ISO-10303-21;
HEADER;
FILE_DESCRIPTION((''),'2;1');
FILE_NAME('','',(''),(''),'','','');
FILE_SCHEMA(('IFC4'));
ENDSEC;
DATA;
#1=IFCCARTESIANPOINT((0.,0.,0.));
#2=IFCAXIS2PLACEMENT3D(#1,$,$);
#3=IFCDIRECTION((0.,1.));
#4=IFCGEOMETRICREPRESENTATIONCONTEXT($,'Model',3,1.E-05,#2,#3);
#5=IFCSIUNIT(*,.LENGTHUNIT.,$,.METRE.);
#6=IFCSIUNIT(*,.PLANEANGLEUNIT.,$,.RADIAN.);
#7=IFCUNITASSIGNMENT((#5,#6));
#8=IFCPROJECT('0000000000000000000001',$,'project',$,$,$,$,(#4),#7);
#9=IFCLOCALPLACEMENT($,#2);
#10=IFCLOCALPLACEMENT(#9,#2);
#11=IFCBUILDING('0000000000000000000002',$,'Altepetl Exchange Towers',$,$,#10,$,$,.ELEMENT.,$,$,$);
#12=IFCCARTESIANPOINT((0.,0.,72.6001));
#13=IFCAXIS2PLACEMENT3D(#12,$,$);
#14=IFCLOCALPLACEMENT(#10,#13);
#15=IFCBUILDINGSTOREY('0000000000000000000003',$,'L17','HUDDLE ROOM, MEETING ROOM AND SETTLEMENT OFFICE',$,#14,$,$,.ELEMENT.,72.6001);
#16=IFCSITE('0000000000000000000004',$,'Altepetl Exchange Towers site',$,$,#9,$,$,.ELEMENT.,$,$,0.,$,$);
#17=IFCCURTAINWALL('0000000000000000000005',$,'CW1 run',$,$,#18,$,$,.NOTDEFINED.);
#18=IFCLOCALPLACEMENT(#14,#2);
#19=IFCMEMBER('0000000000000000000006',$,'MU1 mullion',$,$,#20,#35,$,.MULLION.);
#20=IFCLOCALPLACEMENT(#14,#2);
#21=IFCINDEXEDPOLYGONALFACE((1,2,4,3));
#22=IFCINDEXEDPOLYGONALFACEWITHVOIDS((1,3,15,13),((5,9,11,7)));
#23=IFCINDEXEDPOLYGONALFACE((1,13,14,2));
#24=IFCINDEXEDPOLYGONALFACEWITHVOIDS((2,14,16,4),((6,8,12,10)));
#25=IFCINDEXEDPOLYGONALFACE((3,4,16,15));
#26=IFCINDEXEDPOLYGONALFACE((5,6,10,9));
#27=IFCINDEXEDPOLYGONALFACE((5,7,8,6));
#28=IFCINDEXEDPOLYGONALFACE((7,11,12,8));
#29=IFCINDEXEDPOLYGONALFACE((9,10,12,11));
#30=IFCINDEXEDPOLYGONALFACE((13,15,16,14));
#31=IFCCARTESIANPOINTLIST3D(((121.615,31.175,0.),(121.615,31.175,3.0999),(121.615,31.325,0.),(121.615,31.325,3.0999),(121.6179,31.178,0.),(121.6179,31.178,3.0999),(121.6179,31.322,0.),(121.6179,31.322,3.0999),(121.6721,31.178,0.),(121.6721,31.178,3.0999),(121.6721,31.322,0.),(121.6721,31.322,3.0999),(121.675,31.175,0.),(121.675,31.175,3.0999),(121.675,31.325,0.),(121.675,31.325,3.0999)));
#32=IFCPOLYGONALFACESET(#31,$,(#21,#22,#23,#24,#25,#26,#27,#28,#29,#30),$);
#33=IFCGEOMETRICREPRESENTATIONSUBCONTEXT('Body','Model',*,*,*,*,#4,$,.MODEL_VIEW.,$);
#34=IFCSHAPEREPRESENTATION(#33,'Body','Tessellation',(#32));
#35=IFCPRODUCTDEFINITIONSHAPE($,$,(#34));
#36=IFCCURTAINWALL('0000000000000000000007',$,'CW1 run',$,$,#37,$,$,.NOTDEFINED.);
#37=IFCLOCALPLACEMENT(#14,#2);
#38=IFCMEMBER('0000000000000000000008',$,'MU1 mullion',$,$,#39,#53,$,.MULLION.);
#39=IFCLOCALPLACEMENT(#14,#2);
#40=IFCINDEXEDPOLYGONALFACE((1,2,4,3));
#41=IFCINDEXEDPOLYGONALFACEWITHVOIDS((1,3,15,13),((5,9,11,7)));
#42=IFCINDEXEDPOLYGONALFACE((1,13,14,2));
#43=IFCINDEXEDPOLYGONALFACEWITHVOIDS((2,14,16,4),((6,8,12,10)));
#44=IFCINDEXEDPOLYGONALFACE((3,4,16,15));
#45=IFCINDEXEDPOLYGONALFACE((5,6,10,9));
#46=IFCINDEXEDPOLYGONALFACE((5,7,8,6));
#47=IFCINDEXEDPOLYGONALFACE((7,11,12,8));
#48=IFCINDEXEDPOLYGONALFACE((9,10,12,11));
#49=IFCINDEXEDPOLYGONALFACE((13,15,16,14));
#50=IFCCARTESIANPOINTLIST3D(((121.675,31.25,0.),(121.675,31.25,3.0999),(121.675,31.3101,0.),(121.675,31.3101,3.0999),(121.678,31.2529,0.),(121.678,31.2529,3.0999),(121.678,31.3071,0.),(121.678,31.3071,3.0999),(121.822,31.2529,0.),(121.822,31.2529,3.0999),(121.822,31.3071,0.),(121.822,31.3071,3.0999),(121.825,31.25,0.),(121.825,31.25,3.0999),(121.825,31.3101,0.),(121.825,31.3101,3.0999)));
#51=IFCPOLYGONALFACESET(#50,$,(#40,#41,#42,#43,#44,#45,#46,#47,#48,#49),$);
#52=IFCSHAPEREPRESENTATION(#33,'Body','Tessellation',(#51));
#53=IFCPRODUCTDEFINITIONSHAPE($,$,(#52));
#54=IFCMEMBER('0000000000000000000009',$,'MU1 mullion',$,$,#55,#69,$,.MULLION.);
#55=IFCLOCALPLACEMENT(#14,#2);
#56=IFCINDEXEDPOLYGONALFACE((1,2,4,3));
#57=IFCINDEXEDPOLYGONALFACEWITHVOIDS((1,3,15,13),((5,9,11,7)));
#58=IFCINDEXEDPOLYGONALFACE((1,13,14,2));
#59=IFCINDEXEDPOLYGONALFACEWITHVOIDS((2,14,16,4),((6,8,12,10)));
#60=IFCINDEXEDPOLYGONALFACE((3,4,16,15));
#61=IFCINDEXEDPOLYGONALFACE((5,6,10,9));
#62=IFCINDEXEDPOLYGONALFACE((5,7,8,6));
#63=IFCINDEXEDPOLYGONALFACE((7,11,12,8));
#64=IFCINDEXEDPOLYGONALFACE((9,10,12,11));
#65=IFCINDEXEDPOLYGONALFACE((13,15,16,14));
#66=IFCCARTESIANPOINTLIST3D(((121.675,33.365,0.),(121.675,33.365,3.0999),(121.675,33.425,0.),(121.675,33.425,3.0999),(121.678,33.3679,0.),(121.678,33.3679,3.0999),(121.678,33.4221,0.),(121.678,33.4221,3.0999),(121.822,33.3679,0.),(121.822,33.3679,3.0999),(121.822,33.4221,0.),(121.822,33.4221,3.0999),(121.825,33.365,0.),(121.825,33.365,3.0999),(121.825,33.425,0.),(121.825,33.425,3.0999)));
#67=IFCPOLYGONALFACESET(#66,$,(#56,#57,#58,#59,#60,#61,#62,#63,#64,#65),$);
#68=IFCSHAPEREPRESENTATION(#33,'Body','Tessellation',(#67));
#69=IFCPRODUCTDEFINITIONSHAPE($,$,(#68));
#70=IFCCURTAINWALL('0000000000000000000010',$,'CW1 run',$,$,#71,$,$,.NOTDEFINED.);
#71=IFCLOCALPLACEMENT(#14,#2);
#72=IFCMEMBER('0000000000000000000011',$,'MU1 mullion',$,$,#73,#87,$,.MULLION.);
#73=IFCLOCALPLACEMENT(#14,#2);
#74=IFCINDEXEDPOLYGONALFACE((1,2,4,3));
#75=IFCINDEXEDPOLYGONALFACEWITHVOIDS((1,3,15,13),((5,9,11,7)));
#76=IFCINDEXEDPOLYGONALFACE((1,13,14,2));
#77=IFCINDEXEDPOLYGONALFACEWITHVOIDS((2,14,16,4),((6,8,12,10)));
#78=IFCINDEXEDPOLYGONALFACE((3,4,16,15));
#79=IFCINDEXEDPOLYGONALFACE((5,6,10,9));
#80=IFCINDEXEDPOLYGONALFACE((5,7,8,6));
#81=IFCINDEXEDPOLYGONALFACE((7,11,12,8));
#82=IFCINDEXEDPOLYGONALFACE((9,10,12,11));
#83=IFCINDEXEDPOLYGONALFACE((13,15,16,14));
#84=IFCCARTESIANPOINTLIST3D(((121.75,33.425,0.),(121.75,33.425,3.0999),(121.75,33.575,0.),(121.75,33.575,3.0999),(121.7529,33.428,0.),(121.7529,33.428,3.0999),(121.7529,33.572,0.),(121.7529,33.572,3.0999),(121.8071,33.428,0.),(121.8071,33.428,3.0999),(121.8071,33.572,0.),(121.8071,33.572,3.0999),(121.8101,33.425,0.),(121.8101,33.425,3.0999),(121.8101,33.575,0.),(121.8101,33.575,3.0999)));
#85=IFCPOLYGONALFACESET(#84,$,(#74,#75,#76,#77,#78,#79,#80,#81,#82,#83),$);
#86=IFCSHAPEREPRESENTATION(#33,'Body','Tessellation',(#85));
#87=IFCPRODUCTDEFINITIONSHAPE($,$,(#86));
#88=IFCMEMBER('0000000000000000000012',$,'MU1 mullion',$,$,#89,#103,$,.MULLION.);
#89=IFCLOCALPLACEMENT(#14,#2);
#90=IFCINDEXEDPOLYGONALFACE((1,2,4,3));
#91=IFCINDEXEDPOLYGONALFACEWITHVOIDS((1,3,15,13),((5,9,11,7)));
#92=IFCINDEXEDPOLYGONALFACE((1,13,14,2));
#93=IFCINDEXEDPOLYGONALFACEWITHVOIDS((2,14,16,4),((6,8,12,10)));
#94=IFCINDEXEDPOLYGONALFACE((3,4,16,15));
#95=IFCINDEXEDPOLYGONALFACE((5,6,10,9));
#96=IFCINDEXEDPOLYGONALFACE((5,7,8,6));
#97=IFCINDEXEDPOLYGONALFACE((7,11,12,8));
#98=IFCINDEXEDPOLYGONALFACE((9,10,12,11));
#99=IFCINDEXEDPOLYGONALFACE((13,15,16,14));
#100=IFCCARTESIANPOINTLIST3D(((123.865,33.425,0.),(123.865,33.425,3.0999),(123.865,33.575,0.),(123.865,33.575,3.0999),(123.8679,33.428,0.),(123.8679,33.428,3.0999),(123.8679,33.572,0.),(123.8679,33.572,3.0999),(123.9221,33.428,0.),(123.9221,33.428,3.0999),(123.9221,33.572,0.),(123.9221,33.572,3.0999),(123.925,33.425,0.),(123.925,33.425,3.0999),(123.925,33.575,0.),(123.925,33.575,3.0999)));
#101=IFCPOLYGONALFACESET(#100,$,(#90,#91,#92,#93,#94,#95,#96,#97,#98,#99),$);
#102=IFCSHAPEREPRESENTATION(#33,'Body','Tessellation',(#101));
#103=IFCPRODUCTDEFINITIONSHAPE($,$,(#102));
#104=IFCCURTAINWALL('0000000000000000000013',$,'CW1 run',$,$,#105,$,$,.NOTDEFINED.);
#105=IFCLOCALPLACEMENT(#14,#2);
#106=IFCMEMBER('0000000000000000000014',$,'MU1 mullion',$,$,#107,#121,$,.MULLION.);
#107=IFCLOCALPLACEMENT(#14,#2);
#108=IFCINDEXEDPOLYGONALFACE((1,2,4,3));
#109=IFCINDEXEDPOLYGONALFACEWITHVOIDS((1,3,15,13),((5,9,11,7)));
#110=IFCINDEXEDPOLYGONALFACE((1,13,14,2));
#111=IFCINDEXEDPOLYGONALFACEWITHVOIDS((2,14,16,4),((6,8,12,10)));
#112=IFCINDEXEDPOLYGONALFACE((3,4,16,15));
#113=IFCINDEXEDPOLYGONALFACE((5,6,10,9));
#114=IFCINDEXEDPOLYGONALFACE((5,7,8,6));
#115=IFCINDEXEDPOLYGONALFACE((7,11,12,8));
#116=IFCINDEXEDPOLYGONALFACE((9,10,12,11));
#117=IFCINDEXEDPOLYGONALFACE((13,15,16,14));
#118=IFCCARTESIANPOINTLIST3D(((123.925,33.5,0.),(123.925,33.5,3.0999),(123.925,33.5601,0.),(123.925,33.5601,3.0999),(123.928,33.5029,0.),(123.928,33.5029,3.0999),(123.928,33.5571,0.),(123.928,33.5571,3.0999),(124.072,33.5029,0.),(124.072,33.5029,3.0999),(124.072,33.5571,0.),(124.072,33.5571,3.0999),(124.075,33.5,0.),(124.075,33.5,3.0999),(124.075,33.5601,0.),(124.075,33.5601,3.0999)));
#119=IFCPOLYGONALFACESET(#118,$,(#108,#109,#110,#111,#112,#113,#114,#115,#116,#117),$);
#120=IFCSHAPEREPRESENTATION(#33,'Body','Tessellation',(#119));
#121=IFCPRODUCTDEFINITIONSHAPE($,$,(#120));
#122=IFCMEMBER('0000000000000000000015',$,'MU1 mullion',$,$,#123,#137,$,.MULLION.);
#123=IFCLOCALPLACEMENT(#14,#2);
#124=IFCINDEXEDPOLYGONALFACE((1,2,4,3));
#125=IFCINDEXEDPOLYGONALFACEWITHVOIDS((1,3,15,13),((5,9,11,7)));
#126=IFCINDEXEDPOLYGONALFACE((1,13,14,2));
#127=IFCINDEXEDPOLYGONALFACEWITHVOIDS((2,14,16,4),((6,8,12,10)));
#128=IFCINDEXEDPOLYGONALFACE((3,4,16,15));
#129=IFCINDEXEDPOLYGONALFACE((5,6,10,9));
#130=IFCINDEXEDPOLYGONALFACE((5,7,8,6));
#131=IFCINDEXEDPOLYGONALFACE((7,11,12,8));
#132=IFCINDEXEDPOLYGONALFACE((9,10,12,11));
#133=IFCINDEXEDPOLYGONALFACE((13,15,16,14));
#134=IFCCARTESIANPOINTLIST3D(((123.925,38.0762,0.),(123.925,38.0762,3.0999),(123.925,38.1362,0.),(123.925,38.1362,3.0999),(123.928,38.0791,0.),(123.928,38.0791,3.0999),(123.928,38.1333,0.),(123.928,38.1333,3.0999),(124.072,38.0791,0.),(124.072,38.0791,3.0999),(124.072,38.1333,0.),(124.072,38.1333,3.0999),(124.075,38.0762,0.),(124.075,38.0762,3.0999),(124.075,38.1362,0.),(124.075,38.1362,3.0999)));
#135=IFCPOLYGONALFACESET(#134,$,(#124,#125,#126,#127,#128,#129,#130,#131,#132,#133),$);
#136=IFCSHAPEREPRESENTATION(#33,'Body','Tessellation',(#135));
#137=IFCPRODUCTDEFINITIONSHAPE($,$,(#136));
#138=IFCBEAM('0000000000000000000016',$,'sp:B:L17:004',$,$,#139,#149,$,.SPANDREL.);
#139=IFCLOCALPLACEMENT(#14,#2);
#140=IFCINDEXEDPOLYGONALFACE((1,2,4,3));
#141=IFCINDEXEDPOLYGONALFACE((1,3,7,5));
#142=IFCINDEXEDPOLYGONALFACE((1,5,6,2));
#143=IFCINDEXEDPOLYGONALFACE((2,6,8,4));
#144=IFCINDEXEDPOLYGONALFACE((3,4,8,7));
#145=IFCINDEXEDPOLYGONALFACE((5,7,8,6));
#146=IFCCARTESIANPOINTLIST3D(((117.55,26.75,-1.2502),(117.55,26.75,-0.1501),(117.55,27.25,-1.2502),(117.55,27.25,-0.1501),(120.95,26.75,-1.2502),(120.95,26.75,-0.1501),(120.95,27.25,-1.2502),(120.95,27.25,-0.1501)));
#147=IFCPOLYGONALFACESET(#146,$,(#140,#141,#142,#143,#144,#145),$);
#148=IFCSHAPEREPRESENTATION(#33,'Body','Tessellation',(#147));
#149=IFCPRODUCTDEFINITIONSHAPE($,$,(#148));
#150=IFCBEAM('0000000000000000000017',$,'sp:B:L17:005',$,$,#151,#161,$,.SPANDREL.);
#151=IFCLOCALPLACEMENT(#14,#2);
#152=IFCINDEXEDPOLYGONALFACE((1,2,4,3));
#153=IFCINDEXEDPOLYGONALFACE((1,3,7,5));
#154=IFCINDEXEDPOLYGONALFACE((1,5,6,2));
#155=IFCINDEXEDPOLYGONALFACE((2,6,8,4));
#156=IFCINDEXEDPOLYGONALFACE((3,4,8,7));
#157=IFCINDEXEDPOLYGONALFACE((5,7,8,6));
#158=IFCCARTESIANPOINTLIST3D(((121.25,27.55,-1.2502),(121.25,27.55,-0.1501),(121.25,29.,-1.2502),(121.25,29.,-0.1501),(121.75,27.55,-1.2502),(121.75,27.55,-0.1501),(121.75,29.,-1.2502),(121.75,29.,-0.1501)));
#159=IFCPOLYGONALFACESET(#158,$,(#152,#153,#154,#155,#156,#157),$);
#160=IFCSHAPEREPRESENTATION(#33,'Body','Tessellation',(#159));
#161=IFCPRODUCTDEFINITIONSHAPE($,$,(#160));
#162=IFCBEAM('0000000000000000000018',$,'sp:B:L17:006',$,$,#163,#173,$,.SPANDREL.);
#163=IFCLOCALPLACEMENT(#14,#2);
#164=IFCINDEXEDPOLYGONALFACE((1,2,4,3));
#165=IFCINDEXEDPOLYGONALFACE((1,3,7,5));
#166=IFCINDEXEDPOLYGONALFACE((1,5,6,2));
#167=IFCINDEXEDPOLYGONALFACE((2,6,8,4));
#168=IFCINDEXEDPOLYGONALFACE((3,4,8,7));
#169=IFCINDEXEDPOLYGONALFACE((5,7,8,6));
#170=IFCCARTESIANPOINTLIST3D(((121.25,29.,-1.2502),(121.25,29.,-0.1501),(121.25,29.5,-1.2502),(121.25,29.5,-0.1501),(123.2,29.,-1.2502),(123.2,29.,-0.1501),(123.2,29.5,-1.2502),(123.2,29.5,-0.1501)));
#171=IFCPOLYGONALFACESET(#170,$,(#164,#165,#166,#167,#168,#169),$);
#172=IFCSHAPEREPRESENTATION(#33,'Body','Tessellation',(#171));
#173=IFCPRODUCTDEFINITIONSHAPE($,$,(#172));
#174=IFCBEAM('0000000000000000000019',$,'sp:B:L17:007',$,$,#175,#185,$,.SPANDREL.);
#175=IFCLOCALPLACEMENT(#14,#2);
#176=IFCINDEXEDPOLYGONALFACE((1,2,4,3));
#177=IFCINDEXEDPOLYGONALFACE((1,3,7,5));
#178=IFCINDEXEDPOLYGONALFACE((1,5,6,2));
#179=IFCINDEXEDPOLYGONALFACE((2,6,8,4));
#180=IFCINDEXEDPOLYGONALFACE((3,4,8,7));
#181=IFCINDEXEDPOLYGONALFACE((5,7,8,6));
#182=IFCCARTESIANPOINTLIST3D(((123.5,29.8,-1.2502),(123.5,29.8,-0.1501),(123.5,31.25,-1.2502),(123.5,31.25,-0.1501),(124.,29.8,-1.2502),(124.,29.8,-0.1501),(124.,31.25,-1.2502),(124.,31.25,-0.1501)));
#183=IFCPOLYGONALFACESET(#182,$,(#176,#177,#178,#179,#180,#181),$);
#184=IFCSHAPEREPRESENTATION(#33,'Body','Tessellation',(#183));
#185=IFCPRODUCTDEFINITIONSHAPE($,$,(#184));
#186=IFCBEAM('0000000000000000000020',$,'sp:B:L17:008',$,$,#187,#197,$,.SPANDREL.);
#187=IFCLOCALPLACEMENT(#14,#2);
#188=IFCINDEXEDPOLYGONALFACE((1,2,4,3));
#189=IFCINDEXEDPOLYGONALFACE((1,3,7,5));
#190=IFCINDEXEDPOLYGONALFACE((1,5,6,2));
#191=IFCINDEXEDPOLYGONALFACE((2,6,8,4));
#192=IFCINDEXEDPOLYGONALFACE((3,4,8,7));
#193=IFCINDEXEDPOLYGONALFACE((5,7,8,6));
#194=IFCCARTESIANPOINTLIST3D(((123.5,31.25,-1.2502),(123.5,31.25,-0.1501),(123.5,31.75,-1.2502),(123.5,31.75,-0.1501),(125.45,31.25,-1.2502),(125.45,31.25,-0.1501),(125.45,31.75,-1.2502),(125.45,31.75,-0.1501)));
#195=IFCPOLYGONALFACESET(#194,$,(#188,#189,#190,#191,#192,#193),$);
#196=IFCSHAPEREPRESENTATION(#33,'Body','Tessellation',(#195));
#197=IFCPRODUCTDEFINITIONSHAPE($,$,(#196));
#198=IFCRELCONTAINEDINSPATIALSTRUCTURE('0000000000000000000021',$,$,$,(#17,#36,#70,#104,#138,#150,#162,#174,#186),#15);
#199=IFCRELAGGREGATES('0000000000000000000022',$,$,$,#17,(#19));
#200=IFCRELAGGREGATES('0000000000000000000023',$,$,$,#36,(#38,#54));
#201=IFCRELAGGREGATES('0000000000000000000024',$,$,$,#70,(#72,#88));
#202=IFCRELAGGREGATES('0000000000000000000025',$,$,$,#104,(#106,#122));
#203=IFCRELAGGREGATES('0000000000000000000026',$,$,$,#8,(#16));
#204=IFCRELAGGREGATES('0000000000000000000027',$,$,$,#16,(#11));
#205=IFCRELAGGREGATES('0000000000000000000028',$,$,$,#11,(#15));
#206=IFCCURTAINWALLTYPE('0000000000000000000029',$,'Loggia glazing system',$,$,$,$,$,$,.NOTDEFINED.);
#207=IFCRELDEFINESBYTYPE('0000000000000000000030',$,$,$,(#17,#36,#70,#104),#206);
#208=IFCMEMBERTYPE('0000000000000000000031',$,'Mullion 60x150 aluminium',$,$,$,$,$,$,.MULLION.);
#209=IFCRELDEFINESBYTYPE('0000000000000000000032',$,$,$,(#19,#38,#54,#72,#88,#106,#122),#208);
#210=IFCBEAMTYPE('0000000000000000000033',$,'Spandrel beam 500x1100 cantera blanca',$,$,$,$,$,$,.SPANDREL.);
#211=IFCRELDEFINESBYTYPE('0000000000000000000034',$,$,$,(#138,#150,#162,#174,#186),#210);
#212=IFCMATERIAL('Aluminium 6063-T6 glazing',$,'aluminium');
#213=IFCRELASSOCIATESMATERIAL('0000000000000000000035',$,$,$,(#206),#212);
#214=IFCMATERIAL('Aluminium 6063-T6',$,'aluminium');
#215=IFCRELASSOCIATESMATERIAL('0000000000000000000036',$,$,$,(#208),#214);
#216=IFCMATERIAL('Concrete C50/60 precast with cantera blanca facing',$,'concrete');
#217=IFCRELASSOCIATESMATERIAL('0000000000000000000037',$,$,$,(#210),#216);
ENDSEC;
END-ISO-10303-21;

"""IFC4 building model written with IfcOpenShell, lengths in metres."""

from ifc_helpers import new_model, si_unit, direction, frame, origin, origin_2d, place, context, subcontext, project, spatial, rectangle, hollow_rectangle, extrude, material, material_profile, profile_set, type_object, element, aggregate, save


model = new_model("IFC4")

# Units and contexts
model_context = context("Model", 3, precision=1e-05, world=origin(), true_north=direction((0.0, 1.0)))
body_context = subcontext(model_context, "Body", "Model", "MODEL_VIEW")
ifc_project = project(units=[si_unit("LENGTHUNIT", "METRE"), si_unit("PLANEANGLEUNIT", "RADIAN")], contexts=[model_context])

# Site, building, storey
site_placement = place(None, origin())
site = spatial("IfcSite", under=ifc_project, at=site_placement, Name="Altepetl Exchange Towers site", CompositionType="ELEMENT", RefElevation=0.0)
building_placement = place(site_placement, origin())
building = spatial("IfcBuilding", under=site, at=building_placement, Name="Altepetl Exchange Towers", CompositionType="ELEMENT")
storey_placement = place(building_placement, frame((0.0, 0.0, 72.6001)))
storey = spatial("IfcBuildingStorey", under=building, at=storey_placement, Name="L17", Description="HUDDLE ROOM, MEETING ROOM AND SETTLEMENT OFFICE", CompositionType="ELEMENT", Elevation=72.6001)

# Shared definitions
ifc_material_1 = material(Name="Aluminium 6063-T6 glazing", Category="aluminium")
curtain_wall_type = type_object("IfcCurtainWallType", Name="Loggia glazing system", PredefinedType="NOTDEFINED", material=ifc_material_1)
ifc_material_2 = material(Name="Aluminium 6063-T6", Category="aluminium")
ifc_material_profile_1 = material_profile(ifc_material_2, hollow_rectangle(XDim=0.0601, YDim=0.1499, WallThickness=0.0029, at=origin_2d()), Name="Mullion 60x150 aluminium")
ifc_profile_set_1 = profile_set([ifc_material_profile_1], Name="Aluminium 6063-T6")
member_type = type_object("IfcMemberType", Name="Mullion 60x150 aluminium", PredefinedType="MULLION", material=ifc_profile_set_1)

# Curtain walls, members
curtain_wall_1_placement = place(storey_placement, origin())
curtain_wall_1 = element("IfcCurtainWall", 1, at=curtain_wall_1_placement, inside=storey, type_object=curtain_wall_type, Name="CW1 run", PredefinedType="NOTDEFINED")
member_1_placement = place(storey_placement, frame((121.645, 31.25, 0.0)))
member_1 = element("IfcMember", 2, at=member_1_placement, type_object=member_type, Name="MU1 mullion", PredefinedType="MULLION", context=body_context, shape_type="SweptSolid", body=[
    extrude(hollow_rectangle(XDim=0.0601, YDim=0.1499, WallThickness=0.0029, at=origin_2d()), origin(), (0.0, 0.0, 1.0), 3.0999),
])
curtain_wall_2_placement = place(storey_placement, origin())
curtain_wall_2 = element("IfcCurtainWall", 3, at=curtain_wall_2_placement, inside=storey, type_object=curtain_wall_type, Name="CW1 run", PredefinedType="NOTDEFINED")
member_2_placement = place(storey_placement, frame((121.75, 31.28, 0.0), z_axis=(0.0, 0.0, 1.0), x_axis=(0.0, 1.0, 0.0)))
member_2 = element("IfcMember", 4, at=member_2_placement, type_object=member_type, Name="MU1 mullion", PredefinedType="MULLION", context=body_context, shape_type="SweptSolid", body=[
    extrude(hollow_rectangle(XDim=0.0601, YDim=0.1499, WallThickness=0.0029, at=origin_2d()), origin(), (0.0, 0.0, 1.0), 3.0999),
])
member_3_placement = place(storey_placement, frame((121.75, 33.395, 0.0), z_axis=(0.0, 0.0, 1.0), x_axis=(0.0, 1.0, 0.0)))
member_3 = element("IfcMember", 5, at=member_3_placement, type_object=member_type, Name="MU1 mullion", PredefinedType="MULLION", context=body_context, shape_type="SweptSolid", body=[
    extrude(hollow_rectangle(XDim=0.0601, YDim=0.1499, WallThickness=0.0029, at=origin_2d()), origin(), (0.0, 0.0, 1.0), 3.0999),
])
curtain_wall_3_placement = place(storey_placement, origin())
curtain_wall_3 = element("IfcCurtainWall", 6, at=curtain_wall_3_placement, inside=storey, type_object=curtain_wall_type, Name="CW1 run", PredefinedType="NOTDEFINED")
member_4_placement = place(storey_placement, frame((121.78, 33.5, 0.0)))
member_4 = element("IfcMember", 7, at=member_4_placement, type_object=member_type, Name="MU1 mullion", PredefinedType="MULLION", context=body_context, shape_type="SweptSolid", body=[
    extrude(hollow_rectangle(XDim=0.0601, YDim=0.1499, WallThickness=0.0029, at=origin_2d()), origin(), (0.0, 0.0, 1.0), 3.0999),
])
member_5_placement = place(storey_placement, frame((123.895, 33.5, 0.0)))
member_5 = element("IfcMember", 8, at=member_5_placement, type_object=member_type, Name="MU1 mullion", PredefinedType="MULLION", context=body_context, shape_type="SweptSolid", body=[
    extrude(hollow_rectangle(XDim=0.0601, YDim=0.1499, WallThickness=0.0029, at=origin_2d()), origin(), (0.0, 0.0, 1.0), 3.0999),
])
curtain_wall_4_placement = place(storey_placement, origin())
curtain_wall_4 = element("IfcCurtainWall", 9, at=curtain_wall_4_placement, inside=storey, type_object=curtain_wall_type, Name="CW1 run", PredefinedType="NOTDEFINED")
member_6_placement = place(storey_placement, frame((124.0, 33.53, 0.0), z_axis=(0.0, 0.0, 1.0), x_axis=(0.0, 1.0, 0.0)))
member_6 = element("IfcMember", 10, at=member_6_placement, type_object=member_type, Name="MU1 mullion", PredefinedType="MULLION", context=body_context, shape_type="SweptSolid", body=[
    extrude(hollow_rectangle(XDim=0.0601, YDim=0.1499, WallThickness=0.0029, at=origin_2d()), origin(), (0.0, 0.0, 1.0), 3.0999),
])
member_7_placement = place(storey_placement, frame((124.0, 38.1062, 0.0), z_axis=(0.0, 0.0, 1.0), x_axis=(0.0, 1.0, 0.0)))
member_7 = element("IfcMember", 11, at=member_7_placement, type_object=member_type, Name="MU1 mullion", PredefinedType="MULLION", context=body_context, shape_type="SweptSolid", body=[
    extrude(hollow_rectangle(XDim=0.0601, YDim=0.1499, WallThickness=0.0029, at=origin_2d()), origin(), (0.0, 0.0, 1.0), 3.0999),
])

# Beams
ifc_material_3 = material(Name="Concrete C50/60 precast with cantera blanca facing", Category="concrete")
ifc_material_profile_2 = material_profile(ifc_material_3, rectangle(XDim=0.5, YDim=1.1001, at=origin_2d()), Name="500 x 1100")
ifc_profile_set_2 = profile_set([ifc_material_profile_2], Name="Concrete C50/60 precast with cantera blanca facing")
beam_type_1 = type_object("IfcBeamType", Name="Spandrel beam 500x1100 cantera blanca", PredefinedType="SPANDREL", material=ifc_profile_set_2)
beam_1_placement = place(storey_placement, frame((117.55, 27.0, -0.7002), z_axis=(1.0, 0.0, 0.0), x_axis=(0.0, 1.0, 0.0)))
element("IfcBeam", 12, at=beam_1_placement, inside=storey, type_object=beam_type_1, Name="sp:B:L17:004", PredefinedType="SPANDREL", context=body_context, shape_type="SweptSolid", body=[
    extrude(rectangle(XDim=0.5, YDim=1.1001, at=origin_2d()), origin(), (0.0, 0.0, 1.0), 3.3999),
])
beam_2_placement = place(storey_placement, frame((121.5, 27.55, -0.7002), z_axis=(0.0, 1.0, 0.0), x_axis=(-1.0, 0.0, 0.0)))
element("IfcBeam", 13, at=beam_2_placement, inside=storey, type_object=beam_type_1, Name="sp:B:L17:005", PredefinedType="SPANDREL", context=body_context, shape_type="SweptSolid", body=[
    extrude(rectangle(XDim=0.5, YDim=1.1001, at=origin_2d()), origin(), (0.0, 0.0, 1.0), 1.45),
])
beam_3_placement = place(storey_placement, frame((121.25, 29.25, -0.7002), z_axis=(1.0, 0.0, 0.0), x_axis=(0.0, 1.0, 0.0)))
element("IfcBeam", 14, at=beam_3_placement, inside=storey, type_object=beam_type_1, Name="sp:B:L17:006", PredefinedType="SPANDREL", context=body_context, shape_type="SweptSolid", body=[
    extrude(rectangle(XDim=0.5, YDim=1.1001, at=origin_2d()), origin(), (0.0, 0.0, 1.0), 1.95),
])
beam_4_placement = place(storey_placement, frame((123.75, 29.8, -0.7002), z_axis=(0.0, 1.0, 0.0), x_axis=(-1.0, 0.0, 0.0)))
element("IfcBeam", 15, at=beam_4_placement, inside=storey, type_object=beam_type_1, Name="sp:B:L17:007", PredefinedType="SPANDREL", context=body_context, shape_type="SweptSolid", body=[
    extrude(rectangle(XDim=0.5, YDim=1.1001, at=origin_2d()), origin(), (0.0, 0.0, 1.0), 1.45),
])
beam_5_placement = place(storey_placement, frame((123.5, 31.5, -0.7002), z_axis=(1.0, 0.0, 0.0), x_axis=(0.0, 1.0, 0.0)))
element("IfcBeam", 16, at=beam_5_placement, inside=storey, type_object=beam_type_1, Name="sp:B:L17:008", PredefinedType="SPANDREL", context=body_context, shape_type="SweptSolid", body=[
    extrude(rectangle(XDim=0.5, YDim=1.1001, at=origin_2d()), origin(), (0.0, 0.0, 1.0), 1.95),
])

aggregate(curtain_wall_1, [member_1])
aggregate(curtain_wall_2, [member_2, member_3])
aggregate(curtain_wall_3, [member_4, member_5])
aggregate(curtain_wall_4, [member_6, member_7])

save(model, "model.ifc")
